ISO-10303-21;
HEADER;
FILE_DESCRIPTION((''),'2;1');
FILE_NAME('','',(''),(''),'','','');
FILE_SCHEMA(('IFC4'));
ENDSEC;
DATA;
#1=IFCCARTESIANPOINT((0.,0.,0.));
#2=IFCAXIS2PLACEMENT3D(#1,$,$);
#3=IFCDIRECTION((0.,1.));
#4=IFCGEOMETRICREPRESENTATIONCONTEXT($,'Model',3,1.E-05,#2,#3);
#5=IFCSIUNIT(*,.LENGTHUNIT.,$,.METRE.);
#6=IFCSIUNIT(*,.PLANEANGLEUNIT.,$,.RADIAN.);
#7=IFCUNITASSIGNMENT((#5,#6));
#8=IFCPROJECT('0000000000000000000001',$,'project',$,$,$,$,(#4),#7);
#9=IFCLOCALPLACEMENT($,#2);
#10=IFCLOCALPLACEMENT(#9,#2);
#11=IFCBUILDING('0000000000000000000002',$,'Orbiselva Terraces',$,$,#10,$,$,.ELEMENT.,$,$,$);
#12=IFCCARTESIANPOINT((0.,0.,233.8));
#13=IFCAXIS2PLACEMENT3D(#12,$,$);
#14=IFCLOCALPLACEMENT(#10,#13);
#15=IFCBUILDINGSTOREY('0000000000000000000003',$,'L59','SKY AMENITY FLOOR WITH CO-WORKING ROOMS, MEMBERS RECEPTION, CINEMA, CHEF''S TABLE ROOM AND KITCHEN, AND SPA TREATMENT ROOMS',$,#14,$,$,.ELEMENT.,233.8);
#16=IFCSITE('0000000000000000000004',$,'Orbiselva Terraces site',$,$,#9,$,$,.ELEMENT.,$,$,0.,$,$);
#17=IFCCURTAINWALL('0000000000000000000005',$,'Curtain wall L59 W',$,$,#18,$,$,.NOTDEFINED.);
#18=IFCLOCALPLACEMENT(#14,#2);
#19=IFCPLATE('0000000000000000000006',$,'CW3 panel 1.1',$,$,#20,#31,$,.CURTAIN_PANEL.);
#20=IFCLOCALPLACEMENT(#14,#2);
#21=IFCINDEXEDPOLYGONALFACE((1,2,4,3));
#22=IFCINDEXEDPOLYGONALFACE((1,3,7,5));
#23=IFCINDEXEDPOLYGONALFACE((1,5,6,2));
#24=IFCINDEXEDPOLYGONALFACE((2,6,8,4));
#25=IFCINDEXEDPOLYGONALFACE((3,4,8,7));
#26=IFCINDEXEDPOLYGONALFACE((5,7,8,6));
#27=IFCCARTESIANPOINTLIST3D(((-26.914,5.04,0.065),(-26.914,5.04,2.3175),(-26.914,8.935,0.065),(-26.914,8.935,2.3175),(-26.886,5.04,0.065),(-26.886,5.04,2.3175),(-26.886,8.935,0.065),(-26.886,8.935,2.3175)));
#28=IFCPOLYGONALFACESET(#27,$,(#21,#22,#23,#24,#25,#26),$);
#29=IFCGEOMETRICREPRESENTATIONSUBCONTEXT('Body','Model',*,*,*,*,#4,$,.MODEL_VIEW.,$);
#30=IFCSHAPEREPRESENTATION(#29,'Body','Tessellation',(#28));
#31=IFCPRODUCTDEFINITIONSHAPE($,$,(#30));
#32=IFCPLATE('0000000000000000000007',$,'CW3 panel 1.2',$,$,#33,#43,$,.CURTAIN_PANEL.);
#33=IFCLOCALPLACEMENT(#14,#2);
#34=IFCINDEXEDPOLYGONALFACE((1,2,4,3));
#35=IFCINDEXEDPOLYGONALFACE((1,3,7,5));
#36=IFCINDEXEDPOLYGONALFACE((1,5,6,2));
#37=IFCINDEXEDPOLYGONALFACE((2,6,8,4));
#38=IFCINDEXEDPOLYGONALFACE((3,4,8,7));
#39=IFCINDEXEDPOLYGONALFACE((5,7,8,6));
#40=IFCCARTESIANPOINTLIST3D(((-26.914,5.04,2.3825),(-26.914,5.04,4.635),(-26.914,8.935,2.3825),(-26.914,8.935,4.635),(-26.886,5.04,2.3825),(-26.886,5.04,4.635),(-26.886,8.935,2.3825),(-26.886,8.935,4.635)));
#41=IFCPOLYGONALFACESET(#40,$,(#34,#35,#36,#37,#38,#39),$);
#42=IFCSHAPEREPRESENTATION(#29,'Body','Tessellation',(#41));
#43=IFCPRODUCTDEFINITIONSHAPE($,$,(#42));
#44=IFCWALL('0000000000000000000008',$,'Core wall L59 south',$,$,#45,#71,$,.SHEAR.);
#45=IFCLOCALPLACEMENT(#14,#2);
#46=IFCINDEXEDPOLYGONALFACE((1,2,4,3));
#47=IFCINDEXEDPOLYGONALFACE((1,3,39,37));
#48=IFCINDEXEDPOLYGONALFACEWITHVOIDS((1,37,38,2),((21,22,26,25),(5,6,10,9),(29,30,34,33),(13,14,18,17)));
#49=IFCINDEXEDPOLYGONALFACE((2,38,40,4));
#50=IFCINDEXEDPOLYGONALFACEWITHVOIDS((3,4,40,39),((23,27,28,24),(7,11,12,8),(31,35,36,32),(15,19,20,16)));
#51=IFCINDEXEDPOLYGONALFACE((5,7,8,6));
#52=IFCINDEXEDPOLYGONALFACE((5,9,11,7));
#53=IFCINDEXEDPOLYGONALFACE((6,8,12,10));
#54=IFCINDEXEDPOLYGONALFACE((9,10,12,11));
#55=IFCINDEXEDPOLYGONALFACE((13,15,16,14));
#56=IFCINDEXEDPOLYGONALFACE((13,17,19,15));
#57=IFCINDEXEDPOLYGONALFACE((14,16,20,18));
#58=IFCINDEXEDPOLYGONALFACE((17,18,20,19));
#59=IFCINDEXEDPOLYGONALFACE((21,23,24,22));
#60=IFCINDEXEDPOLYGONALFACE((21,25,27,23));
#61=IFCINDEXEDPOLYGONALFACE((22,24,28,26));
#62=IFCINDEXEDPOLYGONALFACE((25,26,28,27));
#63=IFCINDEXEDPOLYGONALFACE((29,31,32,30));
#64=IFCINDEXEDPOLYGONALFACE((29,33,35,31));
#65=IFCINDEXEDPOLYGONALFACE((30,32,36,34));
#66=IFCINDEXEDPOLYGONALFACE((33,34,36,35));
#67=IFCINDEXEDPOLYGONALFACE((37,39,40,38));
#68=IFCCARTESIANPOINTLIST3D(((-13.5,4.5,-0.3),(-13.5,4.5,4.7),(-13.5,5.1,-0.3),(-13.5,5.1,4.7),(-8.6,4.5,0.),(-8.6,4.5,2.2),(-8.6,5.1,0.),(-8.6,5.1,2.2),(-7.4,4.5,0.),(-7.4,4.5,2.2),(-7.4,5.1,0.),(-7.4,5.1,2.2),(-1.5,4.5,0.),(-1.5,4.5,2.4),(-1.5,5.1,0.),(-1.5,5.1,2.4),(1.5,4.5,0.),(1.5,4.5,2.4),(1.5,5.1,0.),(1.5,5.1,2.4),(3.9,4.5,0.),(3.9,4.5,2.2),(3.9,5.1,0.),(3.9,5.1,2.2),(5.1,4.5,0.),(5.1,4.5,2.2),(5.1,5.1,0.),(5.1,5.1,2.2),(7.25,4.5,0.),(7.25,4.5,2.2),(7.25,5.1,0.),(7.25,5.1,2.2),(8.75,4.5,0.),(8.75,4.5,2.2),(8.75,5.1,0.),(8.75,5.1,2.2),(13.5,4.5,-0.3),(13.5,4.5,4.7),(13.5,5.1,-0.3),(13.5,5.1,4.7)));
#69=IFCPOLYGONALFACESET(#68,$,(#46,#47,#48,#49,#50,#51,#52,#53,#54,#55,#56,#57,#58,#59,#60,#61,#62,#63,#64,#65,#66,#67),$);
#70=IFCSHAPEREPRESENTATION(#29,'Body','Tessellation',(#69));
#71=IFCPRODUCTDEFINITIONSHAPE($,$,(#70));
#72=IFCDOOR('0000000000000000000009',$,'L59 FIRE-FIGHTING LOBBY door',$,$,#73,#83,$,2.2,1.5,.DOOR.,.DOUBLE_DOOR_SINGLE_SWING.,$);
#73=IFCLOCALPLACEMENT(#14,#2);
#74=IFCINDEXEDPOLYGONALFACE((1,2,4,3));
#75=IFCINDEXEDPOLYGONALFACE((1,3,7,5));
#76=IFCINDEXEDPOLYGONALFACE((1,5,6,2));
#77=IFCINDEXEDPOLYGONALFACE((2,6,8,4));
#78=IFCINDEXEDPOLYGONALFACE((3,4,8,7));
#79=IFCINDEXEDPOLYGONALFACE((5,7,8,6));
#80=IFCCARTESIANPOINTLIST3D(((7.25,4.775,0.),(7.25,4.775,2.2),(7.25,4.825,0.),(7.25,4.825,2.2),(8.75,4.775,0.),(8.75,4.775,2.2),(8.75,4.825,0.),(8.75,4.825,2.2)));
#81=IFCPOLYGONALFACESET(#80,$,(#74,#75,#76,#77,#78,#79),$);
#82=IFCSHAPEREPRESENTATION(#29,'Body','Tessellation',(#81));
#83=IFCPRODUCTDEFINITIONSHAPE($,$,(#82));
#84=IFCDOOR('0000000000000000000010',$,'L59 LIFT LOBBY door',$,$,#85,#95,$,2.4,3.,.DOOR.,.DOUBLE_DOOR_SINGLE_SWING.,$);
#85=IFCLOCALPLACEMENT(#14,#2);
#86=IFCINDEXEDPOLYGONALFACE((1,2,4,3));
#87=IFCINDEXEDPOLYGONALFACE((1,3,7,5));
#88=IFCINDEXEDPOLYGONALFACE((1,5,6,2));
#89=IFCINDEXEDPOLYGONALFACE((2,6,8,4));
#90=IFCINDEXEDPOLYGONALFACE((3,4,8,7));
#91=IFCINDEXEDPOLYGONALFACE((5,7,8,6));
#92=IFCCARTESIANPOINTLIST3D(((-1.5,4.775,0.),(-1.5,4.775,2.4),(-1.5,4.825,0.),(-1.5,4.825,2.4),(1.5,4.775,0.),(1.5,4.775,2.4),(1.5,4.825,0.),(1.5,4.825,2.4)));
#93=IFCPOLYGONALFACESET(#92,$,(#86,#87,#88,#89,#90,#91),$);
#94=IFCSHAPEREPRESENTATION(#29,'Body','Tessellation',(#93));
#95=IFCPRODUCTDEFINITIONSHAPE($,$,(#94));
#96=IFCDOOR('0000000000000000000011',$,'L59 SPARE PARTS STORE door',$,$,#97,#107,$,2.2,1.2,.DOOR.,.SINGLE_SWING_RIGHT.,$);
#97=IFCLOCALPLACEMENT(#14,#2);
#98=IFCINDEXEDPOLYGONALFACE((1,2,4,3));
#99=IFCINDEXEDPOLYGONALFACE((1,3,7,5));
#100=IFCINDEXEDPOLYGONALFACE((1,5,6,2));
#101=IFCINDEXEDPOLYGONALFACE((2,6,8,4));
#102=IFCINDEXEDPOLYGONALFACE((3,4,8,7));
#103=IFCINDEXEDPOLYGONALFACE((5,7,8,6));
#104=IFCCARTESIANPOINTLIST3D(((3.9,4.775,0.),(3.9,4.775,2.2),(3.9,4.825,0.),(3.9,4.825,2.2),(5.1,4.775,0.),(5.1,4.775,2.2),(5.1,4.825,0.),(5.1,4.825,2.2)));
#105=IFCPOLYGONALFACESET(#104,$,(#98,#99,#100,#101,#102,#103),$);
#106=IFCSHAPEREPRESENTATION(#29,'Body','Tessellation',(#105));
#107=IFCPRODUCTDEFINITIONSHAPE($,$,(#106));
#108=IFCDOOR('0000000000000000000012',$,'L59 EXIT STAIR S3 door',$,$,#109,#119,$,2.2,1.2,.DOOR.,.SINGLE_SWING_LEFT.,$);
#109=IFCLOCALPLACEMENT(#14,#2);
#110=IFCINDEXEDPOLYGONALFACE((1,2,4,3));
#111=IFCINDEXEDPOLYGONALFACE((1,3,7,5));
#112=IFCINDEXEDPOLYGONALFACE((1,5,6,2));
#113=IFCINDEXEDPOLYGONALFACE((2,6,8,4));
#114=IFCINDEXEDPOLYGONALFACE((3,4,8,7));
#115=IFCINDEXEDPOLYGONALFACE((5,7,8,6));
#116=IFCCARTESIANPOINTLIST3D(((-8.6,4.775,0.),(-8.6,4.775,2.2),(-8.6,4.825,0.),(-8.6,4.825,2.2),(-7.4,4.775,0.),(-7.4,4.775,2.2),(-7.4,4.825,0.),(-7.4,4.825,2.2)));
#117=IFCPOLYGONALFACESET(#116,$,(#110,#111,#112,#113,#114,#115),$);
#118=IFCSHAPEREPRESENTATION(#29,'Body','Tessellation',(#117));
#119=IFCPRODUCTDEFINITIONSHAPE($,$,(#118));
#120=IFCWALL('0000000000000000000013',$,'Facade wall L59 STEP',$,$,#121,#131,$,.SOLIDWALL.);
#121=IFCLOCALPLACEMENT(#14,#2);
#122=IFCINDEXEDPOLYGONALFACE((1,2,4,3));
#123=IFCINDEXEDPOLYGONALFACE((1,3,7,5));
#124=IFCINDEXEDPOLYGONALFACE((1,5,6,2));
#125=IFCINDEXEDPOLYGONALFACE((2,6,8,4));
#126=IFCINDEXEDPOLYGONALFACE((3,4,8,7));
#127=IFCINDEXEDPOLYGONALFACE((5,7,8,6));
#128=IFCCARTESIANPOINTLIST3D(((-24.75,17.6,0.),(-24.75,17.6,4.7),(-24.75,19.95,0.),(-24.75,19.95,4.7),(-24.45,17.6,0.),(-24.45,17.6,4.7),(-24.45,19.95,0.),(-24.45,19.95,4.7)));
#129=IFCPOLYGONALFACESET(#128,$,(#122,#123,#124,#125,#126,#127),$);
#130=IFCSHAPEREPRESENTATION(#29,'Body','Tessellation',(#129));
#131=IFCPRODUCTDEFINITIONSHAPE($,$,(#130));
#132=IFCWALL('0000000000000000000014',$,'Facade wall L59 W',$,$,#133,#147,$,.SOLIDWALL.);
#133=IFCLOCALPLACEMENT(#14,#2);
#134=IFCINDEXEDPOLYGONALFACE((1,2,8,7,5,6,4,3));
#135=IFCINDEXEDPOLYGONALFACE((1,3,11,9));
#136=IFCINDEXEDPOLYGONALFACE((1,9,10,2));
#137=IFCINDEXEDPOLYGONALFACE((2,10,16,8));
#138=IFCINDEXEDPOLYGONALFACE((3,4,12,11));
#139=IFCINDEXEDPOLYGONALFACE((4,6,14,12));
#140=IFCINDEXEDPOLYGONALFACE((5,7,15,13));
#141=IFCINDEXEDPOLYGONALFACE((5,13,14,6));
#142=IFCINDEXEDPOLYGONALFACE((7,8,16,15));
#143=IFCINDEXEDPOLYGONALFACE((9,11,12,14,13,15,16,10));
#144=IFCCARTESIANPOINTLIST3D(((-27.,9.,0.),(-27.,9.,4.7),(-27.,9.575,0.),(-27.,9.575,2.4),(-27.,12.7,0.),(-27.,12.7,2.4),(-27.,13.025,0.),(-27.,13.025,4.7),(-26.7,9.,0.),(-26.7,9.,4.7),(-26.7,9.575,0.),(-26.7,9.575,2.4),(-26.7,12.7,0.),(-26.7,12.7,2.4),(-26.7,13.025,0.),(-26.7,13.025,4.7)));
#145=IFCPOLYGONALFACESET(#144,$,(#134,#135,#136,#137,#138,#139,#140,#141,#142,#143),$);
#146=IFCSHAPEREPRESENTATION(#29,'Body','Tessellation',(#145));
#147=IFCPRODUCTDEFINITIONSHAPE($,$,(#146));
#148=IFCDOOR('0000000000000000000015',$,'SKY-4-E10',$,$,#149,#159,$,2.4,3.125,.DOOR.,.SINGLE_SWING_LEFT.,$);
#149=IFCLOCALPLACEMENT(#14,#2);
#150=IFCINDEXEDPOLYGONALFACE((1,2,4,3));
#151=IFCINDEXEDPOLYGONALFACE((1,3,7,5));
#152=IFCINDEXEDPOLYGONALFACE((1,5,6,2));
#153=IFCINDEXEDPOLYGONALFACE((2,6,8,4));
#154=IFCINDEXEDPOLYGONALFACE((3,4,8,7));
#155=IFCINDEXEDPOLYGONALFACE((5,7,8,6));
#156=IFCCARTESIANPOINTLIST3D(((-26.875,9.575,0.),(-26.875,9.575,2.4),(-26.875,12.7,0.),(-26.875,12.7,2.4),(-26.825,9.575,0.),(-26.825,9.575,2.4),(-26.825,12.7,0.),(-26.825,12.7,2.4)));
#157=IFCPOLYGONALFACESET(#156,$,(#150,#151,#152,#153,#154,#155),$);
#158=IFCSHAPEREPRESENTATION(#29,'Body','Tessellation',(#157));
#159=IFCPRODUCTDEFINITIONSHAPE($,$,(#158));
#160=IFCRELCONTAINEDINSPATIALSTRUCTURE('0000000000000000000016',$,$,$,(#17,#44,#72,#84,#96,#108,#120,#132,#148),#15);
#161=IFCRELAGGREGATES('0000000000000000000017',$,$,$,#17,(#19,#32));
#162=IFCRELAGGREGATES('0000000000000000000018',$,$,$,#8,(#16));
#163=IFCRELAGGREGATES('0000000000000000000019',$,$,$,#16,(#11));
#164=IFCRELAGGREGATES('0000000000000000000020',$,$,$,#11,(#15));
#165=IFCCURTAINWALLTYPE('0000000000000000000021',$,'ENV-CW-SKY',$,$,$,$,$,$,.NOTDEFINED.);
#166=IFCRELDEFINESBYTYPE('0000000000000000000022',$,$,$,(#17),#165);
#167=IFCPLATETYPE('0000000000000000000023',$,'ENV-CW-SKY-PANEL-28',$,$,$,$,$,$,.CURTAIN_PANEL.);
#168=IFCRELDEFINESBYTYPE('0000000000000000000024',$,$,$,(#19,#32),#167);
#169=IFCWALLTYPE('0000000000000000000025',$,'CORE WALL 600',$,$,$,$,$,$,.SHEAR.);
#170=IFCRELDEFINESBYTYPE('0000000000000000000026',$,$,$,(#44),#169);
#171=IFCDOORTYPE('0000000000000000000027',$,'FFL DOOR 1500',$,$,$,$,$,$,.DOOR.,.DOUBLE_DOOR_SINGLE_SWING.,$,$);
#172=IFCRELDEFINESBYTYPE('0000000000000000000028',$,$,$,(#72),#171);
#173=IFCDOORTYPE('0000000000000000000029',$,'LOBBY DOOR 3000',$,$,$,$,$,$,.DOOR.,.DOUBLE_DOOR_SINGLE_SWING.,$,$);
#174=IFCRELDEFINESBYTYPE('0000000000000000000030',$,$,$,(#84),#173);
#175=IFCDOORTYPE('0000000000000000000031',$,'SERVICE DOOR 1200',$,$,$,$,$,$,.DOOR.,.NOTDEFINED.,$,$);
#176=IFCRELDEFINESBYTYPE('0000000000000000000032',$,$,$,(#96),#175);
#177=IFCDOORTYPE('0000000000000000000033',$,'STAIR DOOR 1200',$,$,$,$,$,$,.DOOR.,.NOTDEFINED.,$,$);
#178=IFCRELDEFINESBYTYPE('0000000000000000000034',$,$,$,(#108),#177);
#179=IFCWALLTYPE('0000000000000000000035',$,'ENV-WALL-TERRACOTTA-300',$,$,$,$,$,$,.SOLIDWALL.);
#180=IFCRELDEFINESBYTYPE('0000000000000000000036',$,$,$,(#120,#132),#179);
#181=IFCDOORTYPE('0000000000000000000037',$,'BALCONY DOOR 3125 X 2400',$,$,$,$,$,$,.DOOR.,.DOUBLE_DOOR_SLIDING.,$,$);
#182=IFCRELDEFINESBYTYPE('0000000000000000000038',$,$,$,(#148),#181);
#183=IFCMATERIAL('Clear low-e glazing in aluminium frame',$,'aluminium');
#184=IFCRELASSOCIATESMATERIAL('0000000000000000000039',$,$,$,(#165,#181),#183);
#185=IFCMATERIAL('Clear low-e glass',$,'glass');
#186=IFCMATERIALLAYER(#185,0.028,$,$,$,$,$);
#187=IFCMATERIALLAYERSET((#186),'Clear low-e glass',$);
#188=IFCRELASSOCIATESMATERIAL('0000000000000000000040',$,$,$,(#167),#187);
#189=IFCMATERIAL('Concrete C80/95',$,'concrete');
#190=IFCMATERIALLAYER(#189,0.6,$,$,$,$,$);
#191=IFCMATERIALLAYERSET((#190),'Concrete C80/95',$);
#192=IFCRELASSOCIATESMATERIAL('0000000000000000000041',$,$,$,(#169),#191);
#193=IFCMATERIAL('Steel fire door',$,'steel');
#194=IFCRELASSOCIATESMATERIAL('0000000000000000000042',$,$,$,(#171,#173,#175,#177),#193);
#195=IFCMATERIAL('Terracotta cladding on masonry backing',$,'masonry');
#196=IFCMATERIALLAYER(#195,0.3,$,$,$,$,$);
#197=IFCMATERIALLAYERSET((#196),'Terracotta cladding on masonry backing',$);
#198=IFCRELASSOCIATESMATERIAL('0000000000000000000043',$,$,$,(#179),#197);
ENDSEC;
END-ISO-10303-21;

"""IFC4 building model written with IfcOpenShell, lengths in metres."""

from ifc_helpers import new_model, si_unit, direction, frame, frame_2d, origin, origin_2d, place, context, subcontext, project, spatial, rectangle, extrude, material, layer, layer_set, type_object, element, fill, aggregate, save


model = new_model("IFC4")

# Units and contexts
model_context = context("Model", 3, precision=1e-05, world=origin(), true_north=direction((0.0, 1.0)))
body_context = subcontext(model_context, "Body", "Model", "MODEL_VIEW")
ifc_project = project(units=[si_unit("LENGTHUNIT", "METRE"), si_unit("PLANEANGLEUNIT", "RADIAN")], contexts=[model_context])

# Site, building, storey
site_placement = place(None, origin())
site = spatial("IfcSite", under=ifc_project, at=site_placement, Name="Orbiselva Terraces site", CompositionType="ELEMENT", RefElevation=0.0)
building_placement = place(site_placement, origin())
building = spatial("IfcBuilding", under=site, at=building_placement, Name="Orbiselva Terraces", CompositionType="ELEMENT")
storey_placement = place(building_placement, frame((0.0, 0.0, 233.8)))
storey = spatial("IfcBuildingStorey", under=building, at=storey_placement, Name="L59", Description="SKY AMENITY FLOOR WITH CO-WORKING ROOMS, MEMBERS RECEPTION, CINEMA, CHEF'S TABLE ROOM AND KITCHEN, AND SPA TREATMENT ROOMS", CompositionType="ELEMENT", Elevation=233.8)

# Shared definitions
ifc_material_1 = material(Name="Clear low-e glazing in aluminium frame", Category="aluminium")
curtain_wall_type = type_object("IfcCurtainWallType", Name="ENV-CW-SKY", PredefinedType="NOTDEFINED", material=ifc_material_1)

# Curtain wall
curtain_wall_1_placement = place(storey_placement, origin())
curtain_wall_1 = element("IfcCurtainWall", 1, at=curtain_wall_1_placement, inside=storey, type_object=curtain_wall_type, Name="Curtain wall L59 W", PredefinedType="NOTDEFINED")

# Plates
ifc_material_2 = material(Name="Clear low-e glass", Category="glass")
ifc_layer_1 = layer(ifc_material_2, 0.028)
ifc_layer_set_1 = layer_set([ifc_layer_1], Name="Clear low-e glass")
plate_type = type_object("IfcPlateType", Name="ENV-CW-SKY-PANEL-28", PredefinedType="CURTAIN_PANEL", material=ifc_layer_set_1)
plate_1_placement = place(storey_placement, frame((-26.9, 6.9875, 0.065), z_axis=(0.0, 0.0, 1.0), x_axis=(0.0, -1.0, 0.0)))
plate_1 = element("IfcPlate", 2, at=plate_1_placement, type_object=plate_type, Name="CW3 panel 1.1", PredefinedType="CURTAIN_PANEL", context=body_context, shape_type="SweptSolid", body=[
    extrude(rectangle(XDim=3.895, YDim=0.028, at=origin_2d()), origin(), (0.0, 0.0, 1.0), 2.2525),
])
plate_2_placement = place(storey_placement, frame((-26.9, 6.9875, 2.3825), z_axis=(0.0, 0.0, 1.0), x_axis=(0.0, -1.0, 0.0)))
plate_2 = element("IfcPlate", 3, at=plate_2_placement, type_object=plate_type, Name="CW3 panel 1.2", PredefinedType="CURTAIN_PANEL", context=body_context, shape_type="SweptSolid", body=[
    extrude(rectangle(XDim=3.895, YDim=0.028, at=origin_2d()), origin(), (0.0, 0.0, 1.0), 2.2525),
])
aggregate(curtain_wall_1, [plate_1, plate_2])

# Wall, openings, doors
ifc_material_3 = material(Name="Concrete C80/95", Category="concrete")
ifc_layer_2 = layer(ifc_material_3, 0.6)
ifc_layer_set_2 = layer_set([ifc_layer_2], Name="Concrete C80/95")
wall_type_1 = type_object("IfcWallType", Name="CORE WALL 600", PredefinedType="SHEAR", material=ifc_layer_set_2)
wall_1_placement = place(storey_placement, frame((-13.5, 4.8, -0.3), z_axis=(0.0, 0.0, 1.0), x_axis=(1.0, 0.0, 0.0)))
wall_1 = element("IfcWall", 4, at=wall_1_placement, inside=storey, type_object=wall_type_1, Name="Core wall L59 south", PredefinedType="SHEAR", context=body_context, shape_type="SweptSolid", body=[
    extrude(rectangle(XDim=27.0, YDim=0.6, at=frame_2d((13.5, 0.0))), origin(), (0.0, 0.0, 1.0), 5.0),
])
opening_1_placement = place(wall_1_placement, frame((12.0, 0.0, 0.3)))
opening_1 = element("IfcOpeningElement", 5, at=opening_1_placement, cuts=wall_1, PredefinedType="OPENING", context=body_context, shape_type="SweptSolid", body=[
    extrude(rectangle(XDim=3.0, YDim=2.4, at=frame_2d((1.5, 1.2))), frame((0.0, 0.31, 0.0), z_axis=(0.0, -1.0, 0.0), x_axis=(1.0, 0.0, 0.0)), (0.0, 0.0, 1.0), 0.62),
])
opening_2_placement = place(wall_1_placement, frame((4.9, 0.0, 0.3)))
opening_2 = element("IfcOpeningElement", 6, at=opening_2_placement, cuts=wall_1, PredefinedType="OPENING", context=body_context, shape_type="SweptSolid", body=[
    extrude(rectangle(XDim=1.2, YDim=2.2, at=frame_2d((0.6, 1.1))), frame((0.0, 0.31, 0.0), z_axis=(0.0, -1.0, 0.0), x_axis=(1.0, 0.0, 0.0)), (0.0, 0.0, 1.0), 0.62),
])
opening_3_placement = place(wall_1_placement, frame((20.75, 0.0, 0.3)))
opening_3 = element("IfcOpeningElement", 7, at=opening_3_placement, cuts=wall_1, PredefinedType="OPENING", context=body_context, shape_type="SweptSolid", body=[
    extrude(rectangle(XDim=1.5, YDim=2.2, at=frame_2d((0.75, 1.1))), frame((0.0, 0.31, 0.0), z_axis=(0.0, -1.0, 0.0), x_axis=(1.0, 0.0, 0.0)), (0.0, 0.0, 1.0), 0.62),
])
opening_4_placement = place(wall_1_placement, frame((17.4, 0.0, 0.3)))
opening_4 = element("IfcOpeningElement", 8, at=opening_4_placement, cuts=wall_1, PredefinedType="OPENING", context=body_context, shape_type="SweptSolid", body=[
    extrude(rectangle(XDim=1.2, YDim=2.2, at=frame_2d((0.6, 1.1))), frame((0.0, 0.31, 0.0), z_axis=(0.0, -1.0, 0.0), x_axis=(1.0, 0.0, 0.0)), (0.0, 0.0, 1.0), 0.62),
])
ifc_material_4 = material(Name="Steel fire door", Category="steel")
door_type_1 = type_object("IfcDoorType", Name="FFL DOOR 1500", OperationType="DOUBLE_DOOR_SINGLE_SWING", PredefinedType="DOOR", material=ifc_material_4)
door_1_placement = place(opening_3_placement, frame((1.5, 0.0, 0.0), z_axis=(0.0, 0.0, 1.0), x_axis=(-1.0, 0.0, 0.0)))
door_1 = element("IfcDoor", 9, at=door_1_placement, inside=storey, type_object=door_type_1, Name="L59 FIRE-FIGHTING LOBBY door", OperationType="DOUBLE_DOOR_SINGLE_SWING", OverallHeight=2.2, OverallWidth=1.5, PredefinedType="DOOR", context=body_context, shape_type="SweptSolid", body=[
    extrude(rectangle(XDim=1.5, YDim=2.2, at=frame_2d((0.75, 1.1))), frame((0.0, 0.025, 0.0), z_axis=(0.0, -1.0, 0.0), x_axis=(1.0, 0.0, 0.0)), (0.0, 0.0, 1.0), 0.05),
])
fill(opening_3, door_1)
door_type_2 = type_object("IfcDoorType", Name="LOBBY DOOR 3000", OperationType="DOUBLE_DOOR_SINGLE_SWING", PredefinedType="DOOR", material=ifc_material_4)
door_2_placement = place(opening_1_placement, frame((3.0, 0.0, 0.0), z_axis=(0.0, 0.0, 1.0), x_axis=(-1.0, 0.0, 0.0)))
door_2 = element("IfcDoor", 10, at=door_2_placement, inside=storey, type_object=door_type_2, Name="L59 LIFT LOBBY door", OperationType="DOUBLE_DOOR_SINGLE_SWING", OverallHeight=2.4, OverallWidth=3.0, PredefinedType="DOOR", context=body_context, shape_type="SweptSolid", body=[
    extrude(rectangle(XDim=3.0, YDim=2.4, at=frame_2d((1.5, 1.2))), frame((0.0, 0.025, 0.0), z_axis=(0.0, -1.0, 0.0), x_axis=(1.0, 0.0, 0.0)), (0.0, 0.0, 1.0), 0.05),
])
fill(opening_1, door_2)
door_type_3 = type_object("IfcDoorType", Name="SERVICE DOOR 1200", OperationType="NOTDEFINED", PredefinedType="DOOR", material=ifc_material_4)
door_3_placement = place(opening_4_placement, frame((1.2, 0.0, 0.0), z_axis=(0.0, 0.0, 1.0), x_axis=(-1.0, 0.0, 0.0)))
door_3 = element("IfcDoor", 11, at=door_3_placement, inside=storey, type_object=door_type_3, Name="L59 SPARE PARTS STORE door", OperationType="SINGLE_SWING_RIGHT", OverallHeight=2.2, OverallWidth=1.2, PredefinedType="DOOR", context=body_context, shape_type="SweptSolid", body=[
    extrude(rectangle(XDim=1.2, YDim=2.2, at=frame_2d((0.6, 1.1))), frame((0.0, 0.025, 0.0), z_axis=(0.0, -1.0, 0.0), x_axis=(1.0, 0.0, 0.0)), (0.0, 0.0, 1.0), 0.05),
])
fill(opening_4, door_3)
door_type_4 = type_object("IfcDoorType", Name="STAIR DOOR 1200", OperationType="NOTDEFINED", PredefinedType="DOOR", material=ifc_material_4)
door_4_placement = place(opening_2_placement, frame((1.2, 0.0, 0.0), z_axis=(0.0, 0.0, 1.0), x_axis=(-1.0, 0.0, 0.0)))
door_4 = element("IfcDoor", 12, at=door_4_placement, inside=storey, type_object=door_type_4, Name="L59 EXIT STAIR S3 door", OperationType="SINGLE_SWING_LEFT", OverallHeight=2.2, OverallWidth=1.2, PredefinedType="DOOR", context=body_context, shape_type="SweptSolid", body=[
    extrude(rectangle(XDim=1.2, YDim=2.2, at=frame_2d((0.6, 1.1))), frame((0.0, 0.025, 0.0), z_axis=(0.0, -1.0, 0.0), x_axis=(1.0, 0.0, 0.0)), (0.0, 0.0, 1.0), 0.05),
])
fill(opening_2, door_4)

# Wall
ifc_material_5 = material(Name="Terracotta cladding on masonry backing", Category="masonry")
ifc_layer_3 = layer(ifc_material_5, 0.3)
ifc_layer_set_3 = layer_set([ifc_layer_3], Name="Terracotta cladding on masonry backing")
wall_type_2 = type_object("IfcWallType", Name="ENV-WALL-TERRACOTTA-300", PredefinedType="SOLIDWALL", material=ifc_layer_set_3)
wall_2_placement = place(storey_placement, frame((-24.6, 17.6, 0.0), z_axis=(0.0, 0.0, 1.0), x_axis=(0.0, 1.0, 0.0)))
element("IfcWall", 13, at=wall_2_placement, inside=storey, type_object=wall_type_2, Name="Facade wall L59 STEP", PredefinedType="SOLIDWALL", context=body_context, shape_type="SweptSolid", body=[
    extrude(rectangle(XDim=2.35, YDim=0.3, at=frame_2d((1.175, 0.0))), origin(), (0.0, 0.0, 1.0), 4.7),
])

# Wall, opening, door
wall_3_placement = place(storey_placement, frame((-26.85, 9.0, 0.0), z_axis=(0.0, 0.0, 1.0), x_axis=(0.0, 1.0, 0.0)))
wall_3 = element("IfcWall", 14, at=wall_3_placement, inside=storey, type_object=wall_type_2, Name="Facade wall L59 W", PredefinedType="SOLIDWALL", context=body_context, shape_type="SweptSolid", body=[
    extrude(rectangle(XDim=4.025, YDim=0.3, at=frame_2d((2.0125, 0.0))), origin(), (0.0, 0.0, 1.0), 4.7),
])
opening_5_placement = place(wall_3_placement, frame((0.575, 0.0, 0.0)))
opening_5 = element("IfcOpeningElement", 15, at=opening_5_placement, cuts=wall_3, PredefinedType="OPENING", context=body_context, shape_type="SweptSolid", body=[
    extrude(rectangle(XDim=3.125, YDim=2.4, at=frame_2d((1.5625, 1.2))), frame((0.0, 0.16, 0.0), z_axis=(0.0, -1.0, 0.0), x_axis=(1.0, 0.0, 0.0)), (0.0, 0.0, 1.0), 0.32),
])
door_type_5 = type_object("IfcDoorType", Name="BALCONY DOOR 3125 X 2400", OperationType="DOUBLE_DOOR_SLIDING", PredefinedType="DOOR", material=ifc_material_1)
door_5_placement = place(opening_5_placement, origin())
door_5 = element("IfcDoor", 16, at=door_5_placement, inside=storey, type_object=door_type_5, Name="SKY-4-E10", OperationType="SINGLE_SWING_LEFT", OverallHeight=2.4, OverallWidth=3.125, PredefinedType="DOOR", context=body_context, shape_type="SweptSolid", body=[
    extrude(rectangle(XDim=3.125, YDim=2.4, at=frame_2d((1.5625, 1.2))), frame((0.0, 0.025, 0.0), z_axis=(0.0, -1.0, 0.0), x_axis=(1.0, 0.0, 0.0)), (0.0, 0.0, 1.0), 0.05),
])
fill(opening_5, door_5)

save(model, "model.ifc")
